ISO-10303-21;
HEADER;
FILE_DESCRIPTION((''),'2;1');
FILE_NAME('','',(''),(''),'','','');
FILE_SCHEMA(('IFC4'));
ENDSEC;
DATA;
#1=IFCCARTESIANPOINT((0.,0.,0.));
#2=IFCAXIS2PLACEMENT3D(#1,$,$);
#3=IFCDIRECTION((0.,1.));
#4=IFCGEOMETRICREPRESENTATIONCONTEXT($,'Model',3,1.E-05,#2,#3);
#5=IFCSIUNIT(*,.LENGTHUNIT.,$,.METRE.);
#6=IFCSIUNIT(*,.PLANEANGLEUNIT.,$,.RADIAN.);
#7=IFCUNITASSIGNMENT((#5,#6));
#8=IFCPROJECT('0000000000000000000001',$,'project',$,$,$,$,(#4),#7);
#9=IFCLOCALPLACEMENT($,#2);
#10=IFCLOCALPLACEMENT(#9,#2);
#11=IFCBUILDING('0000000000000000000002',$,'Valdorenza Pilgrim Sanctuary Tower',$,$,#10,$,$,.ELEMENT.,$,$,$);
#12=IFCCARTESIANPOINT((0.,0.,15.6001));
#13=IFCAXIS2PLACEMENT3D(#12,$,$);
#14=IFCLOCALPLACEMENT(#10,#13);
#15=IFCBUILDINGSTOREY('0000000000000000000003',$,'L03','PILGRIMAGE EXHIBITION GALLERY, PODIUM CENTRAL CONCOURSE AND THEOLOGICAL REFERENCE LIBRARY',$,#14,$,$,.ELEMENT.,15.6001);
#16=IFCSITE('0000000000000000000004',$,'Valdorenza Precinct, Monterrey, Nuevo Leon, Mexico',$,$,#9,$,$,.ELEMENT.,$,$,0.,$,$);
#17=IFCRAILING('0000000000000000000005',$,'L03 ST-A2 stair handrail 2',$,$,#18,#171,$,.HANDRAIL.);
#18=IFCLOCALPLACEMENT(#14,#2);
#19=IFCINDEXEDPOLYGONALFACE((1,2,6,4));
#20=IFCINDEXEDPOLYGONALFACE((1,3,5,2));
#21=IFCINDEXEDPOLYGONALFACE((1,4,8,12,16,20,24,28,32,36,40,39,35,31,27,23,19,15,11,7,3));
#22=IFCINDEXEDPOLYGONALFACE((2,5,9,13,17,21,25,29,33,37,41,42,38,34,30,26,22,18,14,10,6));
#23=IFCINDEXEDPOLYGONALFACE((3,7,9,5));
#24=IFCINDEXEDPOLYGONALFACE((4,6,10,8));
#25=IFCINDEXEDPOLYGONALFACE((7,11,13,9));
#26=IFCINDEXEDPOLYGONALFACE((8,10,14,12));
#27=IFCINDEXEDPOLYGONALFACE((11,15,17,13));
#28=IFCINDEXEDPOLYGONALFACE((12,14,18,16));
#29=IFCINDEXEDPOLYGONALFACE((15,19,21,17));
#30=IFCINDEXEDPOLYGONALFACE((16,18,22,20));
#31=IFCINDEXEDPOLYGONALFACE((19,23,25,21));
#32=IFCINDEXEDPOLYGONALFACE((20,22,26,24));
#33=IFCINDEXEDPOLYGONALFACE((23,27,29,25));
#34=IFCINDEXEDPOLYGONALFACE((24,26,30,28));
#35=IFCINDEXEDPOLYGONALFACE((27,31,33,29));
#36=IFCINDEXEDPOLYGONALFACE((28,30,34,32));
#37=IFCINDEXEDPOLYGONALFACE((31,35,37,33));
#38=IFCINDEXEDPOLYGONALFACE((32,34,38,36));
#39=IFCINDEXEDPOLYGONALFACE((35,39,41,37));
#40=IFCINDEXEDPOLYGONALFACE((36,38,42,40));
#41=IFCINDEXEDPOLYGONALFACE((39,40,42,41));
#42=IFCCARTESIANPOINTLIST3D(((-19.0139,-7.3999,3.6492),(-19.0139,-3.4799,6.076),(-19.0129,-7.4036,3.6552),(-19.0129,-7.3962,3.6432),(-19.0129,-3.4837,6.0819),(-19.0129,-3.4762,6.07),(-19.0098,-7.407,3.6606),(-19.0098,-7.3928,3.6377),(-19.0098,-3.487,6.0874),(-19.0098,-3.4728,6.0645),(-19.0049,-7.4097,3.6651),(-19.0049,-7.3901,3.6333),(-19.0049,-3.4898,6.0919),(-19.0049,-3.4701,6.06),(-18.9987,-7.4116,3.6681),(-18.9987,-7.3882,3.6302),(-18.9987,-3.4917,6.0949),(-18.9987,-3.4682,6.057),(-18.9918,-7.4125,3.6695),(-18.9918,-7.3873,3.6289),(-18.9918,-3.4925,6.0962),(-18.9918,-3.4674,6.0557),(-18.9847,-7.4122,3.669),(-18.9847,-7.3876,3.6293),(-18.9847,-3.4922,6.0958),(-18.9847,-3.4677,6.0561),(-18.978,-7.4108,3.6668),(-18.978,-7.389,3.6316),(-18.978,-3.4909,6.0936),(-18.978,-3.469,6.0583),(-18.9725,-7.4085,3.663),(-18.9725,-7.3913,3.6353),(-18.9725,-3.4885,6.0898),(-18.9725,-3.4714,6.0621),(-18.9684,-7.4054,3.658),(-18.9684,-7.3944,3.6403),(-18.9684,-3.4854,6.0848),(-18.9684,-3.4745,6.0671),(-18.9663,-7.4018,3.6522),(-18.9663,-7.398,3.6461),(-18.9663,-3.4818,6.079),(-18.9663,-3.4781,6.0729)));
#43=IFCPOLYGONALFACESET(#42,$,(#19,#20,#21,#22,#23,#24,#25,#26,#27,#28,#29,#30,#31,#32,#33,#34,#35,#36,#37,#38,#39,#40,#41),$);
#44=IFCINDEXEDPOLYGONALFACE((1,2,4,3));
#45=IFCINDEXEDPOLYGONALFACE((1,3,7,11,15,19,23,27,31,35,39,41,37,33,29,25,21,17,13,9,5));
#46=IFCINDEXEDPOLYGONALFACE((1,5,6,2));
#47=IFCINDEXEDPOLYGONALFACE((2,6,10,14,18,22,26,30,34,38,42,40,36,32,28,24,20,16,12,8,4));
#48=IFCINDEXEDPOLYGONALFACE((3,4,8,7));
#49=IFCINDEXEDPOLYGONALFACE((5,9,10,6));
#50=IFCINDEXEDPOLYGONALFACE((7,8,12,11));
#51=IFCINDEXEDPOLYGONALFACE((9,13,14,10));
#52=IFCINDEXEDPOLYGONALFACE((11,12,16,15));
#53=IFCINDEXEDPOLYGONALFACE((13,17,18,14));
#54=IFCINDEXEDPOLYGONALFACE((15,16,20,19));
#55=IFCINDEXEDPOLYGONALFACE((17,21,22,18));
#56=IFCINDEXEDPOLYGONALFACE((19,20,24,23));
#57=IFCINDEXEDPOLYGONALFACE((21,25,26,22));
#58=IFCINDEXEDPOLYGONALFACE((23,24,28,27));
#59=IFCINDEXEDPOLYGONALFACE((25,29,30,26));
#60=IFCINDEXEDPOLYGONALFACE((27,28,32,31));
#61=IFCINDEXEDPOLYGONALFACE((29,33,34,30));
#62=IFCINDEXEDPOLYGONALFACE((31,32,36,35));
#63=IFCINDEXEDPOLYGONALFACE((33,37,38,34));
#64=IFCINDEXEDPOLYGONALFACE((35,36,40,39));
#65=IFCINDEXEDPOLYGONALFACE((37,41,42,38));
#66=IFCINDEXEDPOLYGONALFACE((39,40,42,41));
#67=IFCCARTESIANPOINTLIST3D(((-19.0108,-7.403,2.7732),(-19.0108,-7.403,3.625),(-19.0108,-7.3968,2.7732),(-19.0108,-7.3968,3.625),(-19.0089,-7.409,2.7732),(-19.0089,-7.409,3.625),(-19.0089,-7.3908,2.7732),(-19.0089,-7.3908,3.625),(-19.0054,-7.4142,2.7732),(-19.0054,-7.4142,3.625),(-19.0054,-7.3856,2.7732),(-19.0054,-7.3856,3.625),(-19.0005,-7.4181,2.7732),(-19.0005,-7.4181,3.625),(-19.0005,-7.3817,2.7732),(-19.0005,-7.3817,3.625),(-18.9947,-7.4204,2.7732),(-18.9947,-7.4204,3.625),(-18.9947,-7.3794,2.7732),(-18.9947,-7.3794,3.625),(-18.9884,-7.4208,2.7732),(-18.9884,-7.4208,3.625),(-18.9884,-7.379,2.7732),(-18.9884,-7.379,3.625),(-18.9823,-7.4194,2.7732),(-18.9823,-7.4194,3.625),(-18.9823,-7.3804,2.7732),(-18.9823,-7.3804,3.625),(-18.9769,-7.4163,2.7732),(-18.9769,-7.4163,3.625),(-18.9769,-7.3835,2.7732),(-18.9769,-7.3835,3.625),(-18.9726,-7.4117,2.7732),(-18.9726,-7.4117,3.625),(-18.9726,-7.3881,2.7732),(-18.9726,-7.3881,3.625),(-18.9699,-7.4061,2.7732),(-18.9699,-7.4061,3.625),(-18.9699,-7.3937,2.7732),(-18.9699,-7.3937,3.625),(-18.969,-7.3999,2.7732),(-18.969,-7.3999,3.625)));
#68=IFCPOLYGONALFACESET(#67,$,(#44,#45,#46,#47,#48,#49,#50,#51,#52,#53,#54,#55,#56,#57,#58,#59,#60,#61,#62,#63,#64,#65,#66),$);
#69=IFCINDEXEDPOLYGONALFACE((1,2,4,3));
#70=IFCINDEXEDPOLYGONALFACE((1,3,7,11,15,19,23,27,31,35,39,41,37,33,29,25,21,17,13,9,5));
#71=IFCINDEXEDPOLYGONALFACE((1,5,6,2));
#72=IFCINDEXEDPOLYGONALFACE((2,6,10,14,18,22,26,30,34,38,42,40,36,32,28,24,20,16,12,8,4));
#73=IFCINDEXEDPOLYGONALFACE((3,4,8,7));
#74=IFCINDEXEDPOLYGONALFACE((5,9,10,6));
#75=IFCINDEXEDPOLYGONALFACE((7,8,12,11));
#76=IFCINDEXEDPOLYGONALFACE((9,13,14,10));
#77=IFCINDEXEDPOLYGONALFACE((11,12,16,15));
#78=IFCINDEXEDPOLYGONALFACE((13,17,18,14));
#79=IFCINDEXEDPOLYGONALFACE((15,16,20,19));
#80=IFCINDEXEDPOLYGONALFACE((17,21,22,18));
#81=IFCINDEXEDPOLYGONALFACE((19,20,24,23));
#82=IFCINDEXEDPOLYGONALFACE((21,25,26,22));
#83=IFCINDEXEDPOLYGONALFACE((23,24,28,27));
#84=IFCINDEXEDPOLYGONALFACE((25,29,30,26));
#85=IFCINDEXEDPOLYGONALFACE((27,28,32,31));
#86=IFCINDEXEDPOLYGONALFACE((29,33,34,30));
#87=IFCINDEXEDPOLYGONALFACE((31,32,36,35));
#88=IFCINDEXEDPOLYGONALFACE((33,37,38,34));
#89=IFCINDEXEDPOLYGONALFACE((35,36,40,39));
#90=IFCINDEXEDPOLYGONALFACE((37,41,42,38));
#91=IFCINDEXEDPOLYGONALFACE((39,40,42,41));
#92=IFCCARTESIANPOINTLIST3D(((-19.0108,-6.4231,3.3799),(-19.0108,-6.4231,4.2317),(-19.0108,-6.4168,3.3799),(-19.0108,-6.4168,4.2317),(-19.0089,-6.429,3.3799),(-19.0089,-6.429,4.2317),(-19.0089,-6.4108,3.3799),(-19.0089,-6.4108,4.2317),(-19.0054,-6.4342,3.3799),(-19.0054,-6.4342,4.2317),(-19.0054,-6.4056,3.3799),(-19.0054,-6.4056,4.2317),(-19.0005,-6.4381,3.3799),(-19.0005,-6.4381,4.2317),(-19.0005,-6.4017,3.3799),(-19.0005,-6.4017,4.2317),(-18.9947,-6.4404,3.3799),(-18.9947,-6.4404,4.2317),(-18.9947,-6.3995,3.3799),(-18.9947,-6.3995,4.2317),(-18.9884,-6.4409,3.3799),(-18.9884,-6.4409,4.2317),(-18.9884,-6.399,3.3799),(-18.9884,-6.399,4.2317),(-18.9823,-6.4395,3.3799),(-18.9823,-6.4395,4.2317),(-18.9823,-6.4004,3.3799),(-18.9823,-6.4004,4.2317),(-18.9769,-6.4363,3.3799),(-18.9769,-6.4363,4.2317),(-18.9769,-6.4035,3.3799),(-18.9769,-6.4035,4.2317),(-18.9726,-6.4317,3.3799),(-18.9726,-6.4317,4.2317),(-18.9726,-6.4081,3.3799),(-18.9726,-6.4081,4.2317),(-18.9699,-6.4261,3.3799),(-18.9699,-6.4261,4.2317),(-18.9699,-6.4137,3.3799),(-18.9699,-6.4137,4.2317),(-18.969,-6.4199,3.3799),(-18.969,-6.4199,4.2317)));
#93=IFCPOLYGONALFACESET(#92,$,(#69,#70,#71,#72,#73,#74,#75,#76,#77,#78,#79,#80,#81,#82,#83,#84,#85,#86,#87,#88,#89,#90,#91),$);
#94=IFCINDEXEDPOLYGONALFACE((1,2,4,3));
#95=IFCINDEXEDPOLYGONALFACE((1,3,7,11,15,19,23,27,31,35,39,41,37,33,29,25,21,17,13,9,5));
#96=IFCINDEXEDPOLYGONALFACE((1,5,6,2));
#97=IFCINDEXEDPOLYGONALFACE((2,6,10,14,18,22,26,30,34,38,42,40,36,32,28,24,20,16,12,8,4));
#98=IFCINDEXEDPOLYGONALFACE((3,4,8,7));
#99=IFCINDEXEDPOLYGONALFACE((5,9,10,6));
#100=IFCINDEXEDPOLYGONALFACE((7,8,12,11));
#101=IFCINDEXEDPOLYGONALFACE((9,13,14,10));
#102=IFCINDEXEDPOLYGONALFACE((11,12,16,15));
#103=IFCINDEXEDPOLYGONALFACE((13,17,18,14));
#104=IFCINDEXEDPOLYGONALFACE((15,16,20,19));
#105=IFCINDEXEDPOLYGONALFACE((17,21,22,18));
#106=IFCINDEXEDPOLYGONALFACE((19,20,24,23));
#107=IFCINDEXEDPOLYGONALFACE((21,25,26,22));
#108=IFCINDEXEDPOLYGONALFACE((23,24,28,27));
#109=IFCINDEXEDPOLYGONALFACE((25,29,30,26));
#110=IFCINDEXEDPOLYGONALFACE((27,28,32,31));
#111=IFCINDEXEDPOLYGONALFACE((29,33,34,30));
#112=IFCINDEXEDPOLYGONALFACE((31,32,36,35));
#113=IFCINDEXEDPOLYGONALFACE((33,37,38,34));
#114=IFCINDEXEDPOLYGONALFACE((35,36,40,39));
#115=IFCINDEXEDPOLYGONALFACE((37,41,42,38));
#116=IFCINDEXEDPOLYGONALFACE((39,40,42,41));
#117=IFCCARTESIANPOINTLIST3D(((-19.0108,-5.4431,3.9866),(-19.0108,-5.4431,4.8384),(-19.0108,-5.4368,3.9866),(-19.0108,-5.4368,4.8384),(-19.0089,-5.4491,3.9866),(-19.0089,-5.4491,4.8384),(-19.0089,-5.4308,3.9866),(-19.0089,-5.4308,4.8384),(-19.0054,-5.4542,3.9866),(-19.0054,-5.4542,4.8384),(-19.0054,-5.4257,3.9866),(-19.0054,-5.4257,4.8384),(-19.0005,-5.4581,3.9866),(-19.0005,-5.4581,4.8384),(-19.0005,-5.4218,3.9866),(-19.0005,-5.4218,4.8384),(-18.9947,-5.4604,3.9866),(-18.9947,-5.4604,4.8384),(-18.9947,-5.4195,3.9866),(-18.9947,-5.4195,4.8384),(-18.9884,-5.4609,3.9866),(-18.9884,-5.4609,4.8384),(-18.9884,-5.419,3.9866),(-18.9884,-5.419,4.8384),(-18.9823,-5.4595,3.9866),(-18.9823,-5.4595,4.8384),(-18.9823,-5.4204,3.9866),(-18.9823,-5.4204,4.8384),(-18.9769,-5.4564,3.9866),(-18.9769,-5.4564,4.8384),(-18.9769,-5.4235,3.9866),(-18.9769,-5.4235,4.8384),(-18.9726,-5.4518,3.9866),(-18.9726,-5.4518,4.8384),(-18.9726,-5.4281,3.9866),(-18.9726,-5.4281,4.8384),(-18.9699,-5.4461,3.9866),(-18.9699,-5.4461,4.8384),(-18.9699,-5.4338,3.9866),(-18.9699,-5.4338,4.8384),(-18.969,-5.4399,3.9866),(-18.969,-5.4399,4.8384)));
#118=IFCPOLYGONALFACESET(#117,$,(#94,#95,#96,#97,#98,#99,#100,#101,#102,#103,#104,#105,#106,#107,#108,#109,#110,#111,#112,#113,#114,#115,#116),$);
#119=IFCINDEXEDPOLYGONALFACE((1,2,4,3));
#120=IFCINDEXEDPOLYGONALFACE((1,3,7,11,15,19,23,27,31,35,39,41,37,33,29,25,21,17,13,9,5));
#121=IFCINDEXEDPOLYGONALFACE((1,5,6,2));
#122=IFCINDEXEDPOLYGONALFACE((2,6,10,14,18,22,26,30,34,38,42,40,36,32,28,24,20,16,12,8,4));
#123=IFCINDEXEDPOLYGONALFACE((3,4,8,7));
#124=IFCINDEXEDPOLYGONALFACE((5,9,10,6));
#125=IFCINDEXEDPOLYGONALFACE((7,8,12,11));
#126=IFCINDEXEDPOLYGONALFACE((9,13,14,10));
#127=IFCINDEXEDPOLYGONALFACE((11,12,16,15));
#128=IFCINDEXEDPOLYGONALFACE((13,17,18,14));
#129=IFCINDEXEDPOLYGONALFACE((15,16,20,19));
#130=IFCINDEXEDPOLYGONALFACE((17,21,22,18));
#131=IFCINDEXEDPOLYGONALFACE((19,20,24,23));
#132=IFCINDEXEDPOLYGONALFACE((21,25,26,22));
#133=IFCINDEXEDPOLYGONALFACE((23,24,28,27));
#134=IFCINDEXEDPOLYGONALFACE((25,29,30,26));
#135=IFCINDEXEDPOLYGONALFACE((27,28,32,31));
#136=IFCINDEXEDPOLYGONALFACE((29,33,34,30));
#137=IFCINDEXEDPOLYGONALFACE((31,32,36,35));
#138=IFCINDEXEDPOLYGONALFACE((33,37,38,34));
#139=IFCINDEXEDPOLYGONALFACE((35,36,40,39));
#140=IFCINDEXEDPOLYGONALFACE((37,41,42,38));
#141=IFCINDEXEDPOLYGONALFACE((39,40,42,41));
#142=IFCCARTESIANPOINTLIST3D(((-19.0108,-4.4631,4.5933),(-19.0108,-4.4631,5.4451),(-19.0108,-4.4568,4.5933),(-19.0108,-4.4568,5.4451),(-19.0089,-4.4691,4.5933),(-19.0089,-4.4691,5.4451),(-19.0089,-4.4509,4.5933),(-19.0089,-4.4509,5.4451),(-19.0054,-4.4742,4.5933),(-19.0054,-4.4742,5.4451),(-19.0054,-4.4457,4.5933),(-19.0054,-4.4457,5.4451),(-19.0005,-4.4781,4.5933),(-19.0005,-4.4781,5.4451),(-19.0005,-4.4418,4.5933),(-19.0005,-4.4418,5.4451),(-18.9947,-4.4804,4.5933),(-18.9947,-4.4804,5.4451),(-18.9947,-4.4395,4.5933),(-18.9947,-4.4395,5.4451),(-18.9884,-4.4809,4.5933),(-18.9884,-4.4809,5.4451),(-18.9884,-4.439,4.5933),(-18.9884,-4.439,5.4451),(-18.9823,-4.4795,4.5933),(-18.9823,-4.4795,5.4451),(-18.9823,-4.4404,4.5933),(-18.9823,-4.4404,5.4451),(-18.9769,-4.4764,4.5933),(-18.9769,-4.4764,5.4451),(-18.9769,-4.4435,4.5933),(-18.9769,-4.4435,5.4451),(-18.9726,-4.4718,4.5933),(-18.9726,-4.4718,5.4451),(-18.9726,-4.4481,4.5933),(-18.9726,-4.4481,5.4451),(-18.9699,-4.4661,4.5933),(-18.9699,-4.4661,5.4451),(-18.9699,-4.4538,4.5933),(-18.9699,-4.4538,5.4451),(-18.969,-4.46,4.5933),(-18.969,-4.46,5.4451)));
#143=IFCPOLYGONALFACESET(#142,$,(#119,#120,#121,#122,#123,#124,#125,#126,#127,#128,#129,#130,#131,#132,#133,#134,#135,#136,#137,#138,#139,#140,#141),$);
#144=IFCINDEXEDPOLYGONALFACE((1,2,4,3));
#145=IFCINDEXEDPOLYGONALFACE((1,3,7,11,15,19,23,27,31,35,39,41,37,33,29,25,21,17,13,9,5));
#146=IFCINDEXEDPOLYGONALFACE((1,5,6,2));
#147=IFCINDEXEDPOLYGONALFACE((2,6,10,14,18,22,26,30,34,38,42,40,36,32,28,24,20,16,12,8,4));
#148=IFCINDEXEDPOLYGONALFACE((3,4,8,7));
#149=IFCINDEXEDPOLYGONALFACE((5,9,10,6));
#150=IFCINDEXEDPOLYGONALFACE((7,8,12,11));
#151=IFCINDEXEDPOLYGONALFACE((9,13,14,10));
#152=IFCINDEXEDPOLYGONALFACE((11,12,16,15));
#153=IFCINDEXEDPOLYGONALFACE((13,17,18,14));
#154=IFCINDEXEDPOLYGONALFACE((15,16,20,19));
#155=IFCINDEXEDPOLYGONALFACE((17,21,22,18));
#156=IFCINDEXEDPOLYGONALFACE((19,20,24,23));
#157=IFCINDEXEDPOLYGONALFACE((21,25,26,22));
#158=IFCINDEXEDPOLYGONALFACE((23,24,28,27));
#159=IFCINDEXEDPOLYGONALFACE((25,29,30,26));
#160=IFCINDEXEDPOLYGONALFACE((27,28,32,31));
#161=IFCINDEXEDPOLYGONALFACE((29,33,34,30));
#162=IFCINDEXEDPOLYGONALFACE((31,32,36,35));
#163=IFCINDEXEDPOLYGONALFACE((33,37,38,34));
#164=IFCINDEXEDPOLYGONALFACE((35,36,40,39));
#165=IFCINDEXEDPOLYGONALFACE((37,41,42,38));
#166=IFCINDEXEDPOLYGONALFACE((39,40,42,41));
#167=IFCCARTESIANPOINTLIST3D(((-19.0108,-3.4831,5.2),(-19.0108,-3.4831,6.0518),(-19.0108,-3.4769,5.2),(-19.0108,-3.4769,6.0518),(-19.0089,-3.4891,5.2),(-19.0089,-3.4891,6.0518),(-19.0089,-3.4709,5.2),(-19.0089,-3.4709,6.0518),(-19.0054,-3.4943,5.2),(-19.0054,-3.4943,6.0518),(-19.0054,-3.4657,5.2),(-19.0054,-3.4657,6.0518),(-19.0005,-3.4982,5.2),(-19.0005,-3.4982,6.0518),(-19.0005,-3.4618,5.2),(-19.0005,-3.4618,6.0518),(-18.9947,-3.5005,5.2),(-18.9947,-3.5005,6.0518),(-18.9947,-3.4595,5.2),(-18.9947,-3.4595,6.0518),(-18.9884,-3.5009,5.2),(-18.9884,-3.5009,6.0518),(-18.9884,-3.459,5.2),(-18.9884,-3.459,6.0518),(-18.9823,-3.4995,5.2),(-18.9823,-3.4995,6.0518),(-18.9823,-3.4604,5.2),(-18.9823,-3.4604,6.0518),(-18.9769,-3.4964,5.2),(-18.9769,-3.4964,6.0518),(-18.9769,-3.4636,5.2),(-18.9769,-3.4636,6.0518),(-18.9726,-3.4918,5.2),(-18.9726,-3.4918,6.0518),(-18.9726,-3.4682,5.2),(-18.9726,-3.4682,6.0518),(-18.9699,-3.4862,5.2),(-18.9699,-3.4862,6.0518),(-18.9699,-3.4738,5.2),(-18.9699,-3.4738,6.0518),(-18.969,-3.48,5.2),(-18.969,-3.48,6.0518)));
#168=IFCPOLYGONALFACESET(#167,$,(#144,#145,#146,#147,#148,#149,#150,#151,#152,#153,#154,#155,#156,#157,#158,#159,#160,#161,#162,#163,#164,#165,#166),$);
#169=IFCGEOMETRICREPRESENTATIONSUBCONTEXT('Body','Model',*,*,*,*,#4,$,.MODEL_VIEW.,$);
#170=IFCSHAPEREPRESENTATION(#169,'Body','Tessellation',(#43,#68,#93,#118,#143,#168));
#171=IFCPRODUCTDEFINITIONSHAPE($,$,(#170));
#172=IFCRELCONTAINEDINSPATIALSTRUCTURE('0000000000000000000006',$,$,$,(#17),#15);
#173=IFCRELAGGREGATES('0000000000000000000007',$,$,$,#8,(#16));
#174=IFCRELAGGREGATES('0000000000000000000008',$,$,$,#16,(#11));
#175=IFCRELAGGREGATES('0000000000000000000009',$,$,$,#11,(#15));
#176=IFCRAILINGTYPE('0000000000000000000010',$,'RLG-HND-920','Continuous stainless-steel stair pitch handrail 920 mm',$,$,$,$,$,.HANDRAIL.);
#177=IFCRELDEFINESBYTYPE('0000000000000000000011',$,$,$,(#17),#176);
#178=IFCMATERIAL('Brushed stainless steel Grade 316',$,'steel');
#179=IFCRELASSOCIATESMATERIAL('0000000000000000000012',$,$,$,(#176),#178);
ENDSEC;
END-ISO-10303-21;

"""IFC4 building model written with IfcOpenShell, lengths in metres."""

from ifc_helpers import new_model, si_unit, direction, frame, origin, origin_2d, place, context, subcontext, project, spatial, circle, extrude, material, type_object, element, save


model = new_model("IFC4")

# Units and contexts
model_context = context("Model", 3, precision=1e-05, world=origin(), true_north=direction((0.0, 1.0)))
body_context = subcontext(model_context, "Body", "Model", "MODEL_VIEW")
ifc_project = project(units=[si_unit("LENGTHUNIT", "METRE"), si_unit("PLANEANGLEUNIT", "RADIAN")], contexts=[model_context])

# Site, building, storey
site_placement = place(None, origin())
site = spatial("IfcSite", under=ifc_project, at=site_placement, Name="Valdorenza Precinct, Monterrey, Nuevo Leon, Mexico", CompositionType="ELEMENT", RefElevation=0.0)
building_placement = place(site_placement, origin())
building = spatial("IfcBuilding", under=site, at=building_placement, Name="Valdorenza Pilgrim Sanctuary Tower", CompositionType="ELEMENT")
storey_placement = place(building_placement, frame((0.0, 0.0, 15.6001)))
storey = spatial("IfcBuildingStorey", under=building, at=storey_placement, Name="L03", Description="PILGRIMAGE EXHIBITION GALLERY, PODIUM CENTRAL CONCOURSE AND THEOLOGICAL REFERENCE LIBRARY", CompositionType="ELEMENT", Elevation=15.6001)

# Railing
ifc_material_1 = material(Name="Brushed stainless steel Grade 316", Category="steel")
railing_type_1 = type_object("IfcRailingType", Name="RLG-HND-920", Description="Continuous stainless-steel stair pitch handrail 920 mm", PredefinedType="HANDRAIL", material=ifc_material_1)
railing_1_placement = place(storey_placement, frame((-18.99, -7.3999, 2.7732)))
element("IfcRailing", 1, at=railing_1_placement, inside=storey, type_object=railing_type_1, Name="L03 ST-A2 stair handrail 2", PredefinedType="HANDRAIL", context=body_context, shape_type="SweptSolid", body=[
    extrude(circle(Radius=0.0239, at=origin_2d()), frame((0.0, 0.0, 0.876), z_axis=(0.0, 0.850252, 0.526376), x_axis=(-1.0, 0.0, 0.0)), (0.0, 0.0, 1.0), 4.6104),
    extrude(circle(Radius=0.021, at=origin_2d()), origin(), (0.0, 0.0, 1.0), 0.8518),
    extrude(circle(Radius=0.021, at=origin_2d()), frame((0.0, 0.98, 0.6067)), (0.0, 0.0, 1.0), 0.8518),
    extrude(circle(Radius=0.021, at=origin_2d()), frame((0.0, 1.96, 1.2134)), (0.0, 0.0, 1.0), 0.8518),
    extrude(circle(Radius=0.021, at=origin_2d()), frame((0.0, 2.9399, 1.8201)), (0.0, 0.0, 1.0), 0.8518),
    extrude(circle(Radius=0.021, at=origin_2d()), frame((0.0, 3.9199, 2.4268)), (0.0, 0.0, 1.0), 0.8518),
])

save(model, "model.ifc")
